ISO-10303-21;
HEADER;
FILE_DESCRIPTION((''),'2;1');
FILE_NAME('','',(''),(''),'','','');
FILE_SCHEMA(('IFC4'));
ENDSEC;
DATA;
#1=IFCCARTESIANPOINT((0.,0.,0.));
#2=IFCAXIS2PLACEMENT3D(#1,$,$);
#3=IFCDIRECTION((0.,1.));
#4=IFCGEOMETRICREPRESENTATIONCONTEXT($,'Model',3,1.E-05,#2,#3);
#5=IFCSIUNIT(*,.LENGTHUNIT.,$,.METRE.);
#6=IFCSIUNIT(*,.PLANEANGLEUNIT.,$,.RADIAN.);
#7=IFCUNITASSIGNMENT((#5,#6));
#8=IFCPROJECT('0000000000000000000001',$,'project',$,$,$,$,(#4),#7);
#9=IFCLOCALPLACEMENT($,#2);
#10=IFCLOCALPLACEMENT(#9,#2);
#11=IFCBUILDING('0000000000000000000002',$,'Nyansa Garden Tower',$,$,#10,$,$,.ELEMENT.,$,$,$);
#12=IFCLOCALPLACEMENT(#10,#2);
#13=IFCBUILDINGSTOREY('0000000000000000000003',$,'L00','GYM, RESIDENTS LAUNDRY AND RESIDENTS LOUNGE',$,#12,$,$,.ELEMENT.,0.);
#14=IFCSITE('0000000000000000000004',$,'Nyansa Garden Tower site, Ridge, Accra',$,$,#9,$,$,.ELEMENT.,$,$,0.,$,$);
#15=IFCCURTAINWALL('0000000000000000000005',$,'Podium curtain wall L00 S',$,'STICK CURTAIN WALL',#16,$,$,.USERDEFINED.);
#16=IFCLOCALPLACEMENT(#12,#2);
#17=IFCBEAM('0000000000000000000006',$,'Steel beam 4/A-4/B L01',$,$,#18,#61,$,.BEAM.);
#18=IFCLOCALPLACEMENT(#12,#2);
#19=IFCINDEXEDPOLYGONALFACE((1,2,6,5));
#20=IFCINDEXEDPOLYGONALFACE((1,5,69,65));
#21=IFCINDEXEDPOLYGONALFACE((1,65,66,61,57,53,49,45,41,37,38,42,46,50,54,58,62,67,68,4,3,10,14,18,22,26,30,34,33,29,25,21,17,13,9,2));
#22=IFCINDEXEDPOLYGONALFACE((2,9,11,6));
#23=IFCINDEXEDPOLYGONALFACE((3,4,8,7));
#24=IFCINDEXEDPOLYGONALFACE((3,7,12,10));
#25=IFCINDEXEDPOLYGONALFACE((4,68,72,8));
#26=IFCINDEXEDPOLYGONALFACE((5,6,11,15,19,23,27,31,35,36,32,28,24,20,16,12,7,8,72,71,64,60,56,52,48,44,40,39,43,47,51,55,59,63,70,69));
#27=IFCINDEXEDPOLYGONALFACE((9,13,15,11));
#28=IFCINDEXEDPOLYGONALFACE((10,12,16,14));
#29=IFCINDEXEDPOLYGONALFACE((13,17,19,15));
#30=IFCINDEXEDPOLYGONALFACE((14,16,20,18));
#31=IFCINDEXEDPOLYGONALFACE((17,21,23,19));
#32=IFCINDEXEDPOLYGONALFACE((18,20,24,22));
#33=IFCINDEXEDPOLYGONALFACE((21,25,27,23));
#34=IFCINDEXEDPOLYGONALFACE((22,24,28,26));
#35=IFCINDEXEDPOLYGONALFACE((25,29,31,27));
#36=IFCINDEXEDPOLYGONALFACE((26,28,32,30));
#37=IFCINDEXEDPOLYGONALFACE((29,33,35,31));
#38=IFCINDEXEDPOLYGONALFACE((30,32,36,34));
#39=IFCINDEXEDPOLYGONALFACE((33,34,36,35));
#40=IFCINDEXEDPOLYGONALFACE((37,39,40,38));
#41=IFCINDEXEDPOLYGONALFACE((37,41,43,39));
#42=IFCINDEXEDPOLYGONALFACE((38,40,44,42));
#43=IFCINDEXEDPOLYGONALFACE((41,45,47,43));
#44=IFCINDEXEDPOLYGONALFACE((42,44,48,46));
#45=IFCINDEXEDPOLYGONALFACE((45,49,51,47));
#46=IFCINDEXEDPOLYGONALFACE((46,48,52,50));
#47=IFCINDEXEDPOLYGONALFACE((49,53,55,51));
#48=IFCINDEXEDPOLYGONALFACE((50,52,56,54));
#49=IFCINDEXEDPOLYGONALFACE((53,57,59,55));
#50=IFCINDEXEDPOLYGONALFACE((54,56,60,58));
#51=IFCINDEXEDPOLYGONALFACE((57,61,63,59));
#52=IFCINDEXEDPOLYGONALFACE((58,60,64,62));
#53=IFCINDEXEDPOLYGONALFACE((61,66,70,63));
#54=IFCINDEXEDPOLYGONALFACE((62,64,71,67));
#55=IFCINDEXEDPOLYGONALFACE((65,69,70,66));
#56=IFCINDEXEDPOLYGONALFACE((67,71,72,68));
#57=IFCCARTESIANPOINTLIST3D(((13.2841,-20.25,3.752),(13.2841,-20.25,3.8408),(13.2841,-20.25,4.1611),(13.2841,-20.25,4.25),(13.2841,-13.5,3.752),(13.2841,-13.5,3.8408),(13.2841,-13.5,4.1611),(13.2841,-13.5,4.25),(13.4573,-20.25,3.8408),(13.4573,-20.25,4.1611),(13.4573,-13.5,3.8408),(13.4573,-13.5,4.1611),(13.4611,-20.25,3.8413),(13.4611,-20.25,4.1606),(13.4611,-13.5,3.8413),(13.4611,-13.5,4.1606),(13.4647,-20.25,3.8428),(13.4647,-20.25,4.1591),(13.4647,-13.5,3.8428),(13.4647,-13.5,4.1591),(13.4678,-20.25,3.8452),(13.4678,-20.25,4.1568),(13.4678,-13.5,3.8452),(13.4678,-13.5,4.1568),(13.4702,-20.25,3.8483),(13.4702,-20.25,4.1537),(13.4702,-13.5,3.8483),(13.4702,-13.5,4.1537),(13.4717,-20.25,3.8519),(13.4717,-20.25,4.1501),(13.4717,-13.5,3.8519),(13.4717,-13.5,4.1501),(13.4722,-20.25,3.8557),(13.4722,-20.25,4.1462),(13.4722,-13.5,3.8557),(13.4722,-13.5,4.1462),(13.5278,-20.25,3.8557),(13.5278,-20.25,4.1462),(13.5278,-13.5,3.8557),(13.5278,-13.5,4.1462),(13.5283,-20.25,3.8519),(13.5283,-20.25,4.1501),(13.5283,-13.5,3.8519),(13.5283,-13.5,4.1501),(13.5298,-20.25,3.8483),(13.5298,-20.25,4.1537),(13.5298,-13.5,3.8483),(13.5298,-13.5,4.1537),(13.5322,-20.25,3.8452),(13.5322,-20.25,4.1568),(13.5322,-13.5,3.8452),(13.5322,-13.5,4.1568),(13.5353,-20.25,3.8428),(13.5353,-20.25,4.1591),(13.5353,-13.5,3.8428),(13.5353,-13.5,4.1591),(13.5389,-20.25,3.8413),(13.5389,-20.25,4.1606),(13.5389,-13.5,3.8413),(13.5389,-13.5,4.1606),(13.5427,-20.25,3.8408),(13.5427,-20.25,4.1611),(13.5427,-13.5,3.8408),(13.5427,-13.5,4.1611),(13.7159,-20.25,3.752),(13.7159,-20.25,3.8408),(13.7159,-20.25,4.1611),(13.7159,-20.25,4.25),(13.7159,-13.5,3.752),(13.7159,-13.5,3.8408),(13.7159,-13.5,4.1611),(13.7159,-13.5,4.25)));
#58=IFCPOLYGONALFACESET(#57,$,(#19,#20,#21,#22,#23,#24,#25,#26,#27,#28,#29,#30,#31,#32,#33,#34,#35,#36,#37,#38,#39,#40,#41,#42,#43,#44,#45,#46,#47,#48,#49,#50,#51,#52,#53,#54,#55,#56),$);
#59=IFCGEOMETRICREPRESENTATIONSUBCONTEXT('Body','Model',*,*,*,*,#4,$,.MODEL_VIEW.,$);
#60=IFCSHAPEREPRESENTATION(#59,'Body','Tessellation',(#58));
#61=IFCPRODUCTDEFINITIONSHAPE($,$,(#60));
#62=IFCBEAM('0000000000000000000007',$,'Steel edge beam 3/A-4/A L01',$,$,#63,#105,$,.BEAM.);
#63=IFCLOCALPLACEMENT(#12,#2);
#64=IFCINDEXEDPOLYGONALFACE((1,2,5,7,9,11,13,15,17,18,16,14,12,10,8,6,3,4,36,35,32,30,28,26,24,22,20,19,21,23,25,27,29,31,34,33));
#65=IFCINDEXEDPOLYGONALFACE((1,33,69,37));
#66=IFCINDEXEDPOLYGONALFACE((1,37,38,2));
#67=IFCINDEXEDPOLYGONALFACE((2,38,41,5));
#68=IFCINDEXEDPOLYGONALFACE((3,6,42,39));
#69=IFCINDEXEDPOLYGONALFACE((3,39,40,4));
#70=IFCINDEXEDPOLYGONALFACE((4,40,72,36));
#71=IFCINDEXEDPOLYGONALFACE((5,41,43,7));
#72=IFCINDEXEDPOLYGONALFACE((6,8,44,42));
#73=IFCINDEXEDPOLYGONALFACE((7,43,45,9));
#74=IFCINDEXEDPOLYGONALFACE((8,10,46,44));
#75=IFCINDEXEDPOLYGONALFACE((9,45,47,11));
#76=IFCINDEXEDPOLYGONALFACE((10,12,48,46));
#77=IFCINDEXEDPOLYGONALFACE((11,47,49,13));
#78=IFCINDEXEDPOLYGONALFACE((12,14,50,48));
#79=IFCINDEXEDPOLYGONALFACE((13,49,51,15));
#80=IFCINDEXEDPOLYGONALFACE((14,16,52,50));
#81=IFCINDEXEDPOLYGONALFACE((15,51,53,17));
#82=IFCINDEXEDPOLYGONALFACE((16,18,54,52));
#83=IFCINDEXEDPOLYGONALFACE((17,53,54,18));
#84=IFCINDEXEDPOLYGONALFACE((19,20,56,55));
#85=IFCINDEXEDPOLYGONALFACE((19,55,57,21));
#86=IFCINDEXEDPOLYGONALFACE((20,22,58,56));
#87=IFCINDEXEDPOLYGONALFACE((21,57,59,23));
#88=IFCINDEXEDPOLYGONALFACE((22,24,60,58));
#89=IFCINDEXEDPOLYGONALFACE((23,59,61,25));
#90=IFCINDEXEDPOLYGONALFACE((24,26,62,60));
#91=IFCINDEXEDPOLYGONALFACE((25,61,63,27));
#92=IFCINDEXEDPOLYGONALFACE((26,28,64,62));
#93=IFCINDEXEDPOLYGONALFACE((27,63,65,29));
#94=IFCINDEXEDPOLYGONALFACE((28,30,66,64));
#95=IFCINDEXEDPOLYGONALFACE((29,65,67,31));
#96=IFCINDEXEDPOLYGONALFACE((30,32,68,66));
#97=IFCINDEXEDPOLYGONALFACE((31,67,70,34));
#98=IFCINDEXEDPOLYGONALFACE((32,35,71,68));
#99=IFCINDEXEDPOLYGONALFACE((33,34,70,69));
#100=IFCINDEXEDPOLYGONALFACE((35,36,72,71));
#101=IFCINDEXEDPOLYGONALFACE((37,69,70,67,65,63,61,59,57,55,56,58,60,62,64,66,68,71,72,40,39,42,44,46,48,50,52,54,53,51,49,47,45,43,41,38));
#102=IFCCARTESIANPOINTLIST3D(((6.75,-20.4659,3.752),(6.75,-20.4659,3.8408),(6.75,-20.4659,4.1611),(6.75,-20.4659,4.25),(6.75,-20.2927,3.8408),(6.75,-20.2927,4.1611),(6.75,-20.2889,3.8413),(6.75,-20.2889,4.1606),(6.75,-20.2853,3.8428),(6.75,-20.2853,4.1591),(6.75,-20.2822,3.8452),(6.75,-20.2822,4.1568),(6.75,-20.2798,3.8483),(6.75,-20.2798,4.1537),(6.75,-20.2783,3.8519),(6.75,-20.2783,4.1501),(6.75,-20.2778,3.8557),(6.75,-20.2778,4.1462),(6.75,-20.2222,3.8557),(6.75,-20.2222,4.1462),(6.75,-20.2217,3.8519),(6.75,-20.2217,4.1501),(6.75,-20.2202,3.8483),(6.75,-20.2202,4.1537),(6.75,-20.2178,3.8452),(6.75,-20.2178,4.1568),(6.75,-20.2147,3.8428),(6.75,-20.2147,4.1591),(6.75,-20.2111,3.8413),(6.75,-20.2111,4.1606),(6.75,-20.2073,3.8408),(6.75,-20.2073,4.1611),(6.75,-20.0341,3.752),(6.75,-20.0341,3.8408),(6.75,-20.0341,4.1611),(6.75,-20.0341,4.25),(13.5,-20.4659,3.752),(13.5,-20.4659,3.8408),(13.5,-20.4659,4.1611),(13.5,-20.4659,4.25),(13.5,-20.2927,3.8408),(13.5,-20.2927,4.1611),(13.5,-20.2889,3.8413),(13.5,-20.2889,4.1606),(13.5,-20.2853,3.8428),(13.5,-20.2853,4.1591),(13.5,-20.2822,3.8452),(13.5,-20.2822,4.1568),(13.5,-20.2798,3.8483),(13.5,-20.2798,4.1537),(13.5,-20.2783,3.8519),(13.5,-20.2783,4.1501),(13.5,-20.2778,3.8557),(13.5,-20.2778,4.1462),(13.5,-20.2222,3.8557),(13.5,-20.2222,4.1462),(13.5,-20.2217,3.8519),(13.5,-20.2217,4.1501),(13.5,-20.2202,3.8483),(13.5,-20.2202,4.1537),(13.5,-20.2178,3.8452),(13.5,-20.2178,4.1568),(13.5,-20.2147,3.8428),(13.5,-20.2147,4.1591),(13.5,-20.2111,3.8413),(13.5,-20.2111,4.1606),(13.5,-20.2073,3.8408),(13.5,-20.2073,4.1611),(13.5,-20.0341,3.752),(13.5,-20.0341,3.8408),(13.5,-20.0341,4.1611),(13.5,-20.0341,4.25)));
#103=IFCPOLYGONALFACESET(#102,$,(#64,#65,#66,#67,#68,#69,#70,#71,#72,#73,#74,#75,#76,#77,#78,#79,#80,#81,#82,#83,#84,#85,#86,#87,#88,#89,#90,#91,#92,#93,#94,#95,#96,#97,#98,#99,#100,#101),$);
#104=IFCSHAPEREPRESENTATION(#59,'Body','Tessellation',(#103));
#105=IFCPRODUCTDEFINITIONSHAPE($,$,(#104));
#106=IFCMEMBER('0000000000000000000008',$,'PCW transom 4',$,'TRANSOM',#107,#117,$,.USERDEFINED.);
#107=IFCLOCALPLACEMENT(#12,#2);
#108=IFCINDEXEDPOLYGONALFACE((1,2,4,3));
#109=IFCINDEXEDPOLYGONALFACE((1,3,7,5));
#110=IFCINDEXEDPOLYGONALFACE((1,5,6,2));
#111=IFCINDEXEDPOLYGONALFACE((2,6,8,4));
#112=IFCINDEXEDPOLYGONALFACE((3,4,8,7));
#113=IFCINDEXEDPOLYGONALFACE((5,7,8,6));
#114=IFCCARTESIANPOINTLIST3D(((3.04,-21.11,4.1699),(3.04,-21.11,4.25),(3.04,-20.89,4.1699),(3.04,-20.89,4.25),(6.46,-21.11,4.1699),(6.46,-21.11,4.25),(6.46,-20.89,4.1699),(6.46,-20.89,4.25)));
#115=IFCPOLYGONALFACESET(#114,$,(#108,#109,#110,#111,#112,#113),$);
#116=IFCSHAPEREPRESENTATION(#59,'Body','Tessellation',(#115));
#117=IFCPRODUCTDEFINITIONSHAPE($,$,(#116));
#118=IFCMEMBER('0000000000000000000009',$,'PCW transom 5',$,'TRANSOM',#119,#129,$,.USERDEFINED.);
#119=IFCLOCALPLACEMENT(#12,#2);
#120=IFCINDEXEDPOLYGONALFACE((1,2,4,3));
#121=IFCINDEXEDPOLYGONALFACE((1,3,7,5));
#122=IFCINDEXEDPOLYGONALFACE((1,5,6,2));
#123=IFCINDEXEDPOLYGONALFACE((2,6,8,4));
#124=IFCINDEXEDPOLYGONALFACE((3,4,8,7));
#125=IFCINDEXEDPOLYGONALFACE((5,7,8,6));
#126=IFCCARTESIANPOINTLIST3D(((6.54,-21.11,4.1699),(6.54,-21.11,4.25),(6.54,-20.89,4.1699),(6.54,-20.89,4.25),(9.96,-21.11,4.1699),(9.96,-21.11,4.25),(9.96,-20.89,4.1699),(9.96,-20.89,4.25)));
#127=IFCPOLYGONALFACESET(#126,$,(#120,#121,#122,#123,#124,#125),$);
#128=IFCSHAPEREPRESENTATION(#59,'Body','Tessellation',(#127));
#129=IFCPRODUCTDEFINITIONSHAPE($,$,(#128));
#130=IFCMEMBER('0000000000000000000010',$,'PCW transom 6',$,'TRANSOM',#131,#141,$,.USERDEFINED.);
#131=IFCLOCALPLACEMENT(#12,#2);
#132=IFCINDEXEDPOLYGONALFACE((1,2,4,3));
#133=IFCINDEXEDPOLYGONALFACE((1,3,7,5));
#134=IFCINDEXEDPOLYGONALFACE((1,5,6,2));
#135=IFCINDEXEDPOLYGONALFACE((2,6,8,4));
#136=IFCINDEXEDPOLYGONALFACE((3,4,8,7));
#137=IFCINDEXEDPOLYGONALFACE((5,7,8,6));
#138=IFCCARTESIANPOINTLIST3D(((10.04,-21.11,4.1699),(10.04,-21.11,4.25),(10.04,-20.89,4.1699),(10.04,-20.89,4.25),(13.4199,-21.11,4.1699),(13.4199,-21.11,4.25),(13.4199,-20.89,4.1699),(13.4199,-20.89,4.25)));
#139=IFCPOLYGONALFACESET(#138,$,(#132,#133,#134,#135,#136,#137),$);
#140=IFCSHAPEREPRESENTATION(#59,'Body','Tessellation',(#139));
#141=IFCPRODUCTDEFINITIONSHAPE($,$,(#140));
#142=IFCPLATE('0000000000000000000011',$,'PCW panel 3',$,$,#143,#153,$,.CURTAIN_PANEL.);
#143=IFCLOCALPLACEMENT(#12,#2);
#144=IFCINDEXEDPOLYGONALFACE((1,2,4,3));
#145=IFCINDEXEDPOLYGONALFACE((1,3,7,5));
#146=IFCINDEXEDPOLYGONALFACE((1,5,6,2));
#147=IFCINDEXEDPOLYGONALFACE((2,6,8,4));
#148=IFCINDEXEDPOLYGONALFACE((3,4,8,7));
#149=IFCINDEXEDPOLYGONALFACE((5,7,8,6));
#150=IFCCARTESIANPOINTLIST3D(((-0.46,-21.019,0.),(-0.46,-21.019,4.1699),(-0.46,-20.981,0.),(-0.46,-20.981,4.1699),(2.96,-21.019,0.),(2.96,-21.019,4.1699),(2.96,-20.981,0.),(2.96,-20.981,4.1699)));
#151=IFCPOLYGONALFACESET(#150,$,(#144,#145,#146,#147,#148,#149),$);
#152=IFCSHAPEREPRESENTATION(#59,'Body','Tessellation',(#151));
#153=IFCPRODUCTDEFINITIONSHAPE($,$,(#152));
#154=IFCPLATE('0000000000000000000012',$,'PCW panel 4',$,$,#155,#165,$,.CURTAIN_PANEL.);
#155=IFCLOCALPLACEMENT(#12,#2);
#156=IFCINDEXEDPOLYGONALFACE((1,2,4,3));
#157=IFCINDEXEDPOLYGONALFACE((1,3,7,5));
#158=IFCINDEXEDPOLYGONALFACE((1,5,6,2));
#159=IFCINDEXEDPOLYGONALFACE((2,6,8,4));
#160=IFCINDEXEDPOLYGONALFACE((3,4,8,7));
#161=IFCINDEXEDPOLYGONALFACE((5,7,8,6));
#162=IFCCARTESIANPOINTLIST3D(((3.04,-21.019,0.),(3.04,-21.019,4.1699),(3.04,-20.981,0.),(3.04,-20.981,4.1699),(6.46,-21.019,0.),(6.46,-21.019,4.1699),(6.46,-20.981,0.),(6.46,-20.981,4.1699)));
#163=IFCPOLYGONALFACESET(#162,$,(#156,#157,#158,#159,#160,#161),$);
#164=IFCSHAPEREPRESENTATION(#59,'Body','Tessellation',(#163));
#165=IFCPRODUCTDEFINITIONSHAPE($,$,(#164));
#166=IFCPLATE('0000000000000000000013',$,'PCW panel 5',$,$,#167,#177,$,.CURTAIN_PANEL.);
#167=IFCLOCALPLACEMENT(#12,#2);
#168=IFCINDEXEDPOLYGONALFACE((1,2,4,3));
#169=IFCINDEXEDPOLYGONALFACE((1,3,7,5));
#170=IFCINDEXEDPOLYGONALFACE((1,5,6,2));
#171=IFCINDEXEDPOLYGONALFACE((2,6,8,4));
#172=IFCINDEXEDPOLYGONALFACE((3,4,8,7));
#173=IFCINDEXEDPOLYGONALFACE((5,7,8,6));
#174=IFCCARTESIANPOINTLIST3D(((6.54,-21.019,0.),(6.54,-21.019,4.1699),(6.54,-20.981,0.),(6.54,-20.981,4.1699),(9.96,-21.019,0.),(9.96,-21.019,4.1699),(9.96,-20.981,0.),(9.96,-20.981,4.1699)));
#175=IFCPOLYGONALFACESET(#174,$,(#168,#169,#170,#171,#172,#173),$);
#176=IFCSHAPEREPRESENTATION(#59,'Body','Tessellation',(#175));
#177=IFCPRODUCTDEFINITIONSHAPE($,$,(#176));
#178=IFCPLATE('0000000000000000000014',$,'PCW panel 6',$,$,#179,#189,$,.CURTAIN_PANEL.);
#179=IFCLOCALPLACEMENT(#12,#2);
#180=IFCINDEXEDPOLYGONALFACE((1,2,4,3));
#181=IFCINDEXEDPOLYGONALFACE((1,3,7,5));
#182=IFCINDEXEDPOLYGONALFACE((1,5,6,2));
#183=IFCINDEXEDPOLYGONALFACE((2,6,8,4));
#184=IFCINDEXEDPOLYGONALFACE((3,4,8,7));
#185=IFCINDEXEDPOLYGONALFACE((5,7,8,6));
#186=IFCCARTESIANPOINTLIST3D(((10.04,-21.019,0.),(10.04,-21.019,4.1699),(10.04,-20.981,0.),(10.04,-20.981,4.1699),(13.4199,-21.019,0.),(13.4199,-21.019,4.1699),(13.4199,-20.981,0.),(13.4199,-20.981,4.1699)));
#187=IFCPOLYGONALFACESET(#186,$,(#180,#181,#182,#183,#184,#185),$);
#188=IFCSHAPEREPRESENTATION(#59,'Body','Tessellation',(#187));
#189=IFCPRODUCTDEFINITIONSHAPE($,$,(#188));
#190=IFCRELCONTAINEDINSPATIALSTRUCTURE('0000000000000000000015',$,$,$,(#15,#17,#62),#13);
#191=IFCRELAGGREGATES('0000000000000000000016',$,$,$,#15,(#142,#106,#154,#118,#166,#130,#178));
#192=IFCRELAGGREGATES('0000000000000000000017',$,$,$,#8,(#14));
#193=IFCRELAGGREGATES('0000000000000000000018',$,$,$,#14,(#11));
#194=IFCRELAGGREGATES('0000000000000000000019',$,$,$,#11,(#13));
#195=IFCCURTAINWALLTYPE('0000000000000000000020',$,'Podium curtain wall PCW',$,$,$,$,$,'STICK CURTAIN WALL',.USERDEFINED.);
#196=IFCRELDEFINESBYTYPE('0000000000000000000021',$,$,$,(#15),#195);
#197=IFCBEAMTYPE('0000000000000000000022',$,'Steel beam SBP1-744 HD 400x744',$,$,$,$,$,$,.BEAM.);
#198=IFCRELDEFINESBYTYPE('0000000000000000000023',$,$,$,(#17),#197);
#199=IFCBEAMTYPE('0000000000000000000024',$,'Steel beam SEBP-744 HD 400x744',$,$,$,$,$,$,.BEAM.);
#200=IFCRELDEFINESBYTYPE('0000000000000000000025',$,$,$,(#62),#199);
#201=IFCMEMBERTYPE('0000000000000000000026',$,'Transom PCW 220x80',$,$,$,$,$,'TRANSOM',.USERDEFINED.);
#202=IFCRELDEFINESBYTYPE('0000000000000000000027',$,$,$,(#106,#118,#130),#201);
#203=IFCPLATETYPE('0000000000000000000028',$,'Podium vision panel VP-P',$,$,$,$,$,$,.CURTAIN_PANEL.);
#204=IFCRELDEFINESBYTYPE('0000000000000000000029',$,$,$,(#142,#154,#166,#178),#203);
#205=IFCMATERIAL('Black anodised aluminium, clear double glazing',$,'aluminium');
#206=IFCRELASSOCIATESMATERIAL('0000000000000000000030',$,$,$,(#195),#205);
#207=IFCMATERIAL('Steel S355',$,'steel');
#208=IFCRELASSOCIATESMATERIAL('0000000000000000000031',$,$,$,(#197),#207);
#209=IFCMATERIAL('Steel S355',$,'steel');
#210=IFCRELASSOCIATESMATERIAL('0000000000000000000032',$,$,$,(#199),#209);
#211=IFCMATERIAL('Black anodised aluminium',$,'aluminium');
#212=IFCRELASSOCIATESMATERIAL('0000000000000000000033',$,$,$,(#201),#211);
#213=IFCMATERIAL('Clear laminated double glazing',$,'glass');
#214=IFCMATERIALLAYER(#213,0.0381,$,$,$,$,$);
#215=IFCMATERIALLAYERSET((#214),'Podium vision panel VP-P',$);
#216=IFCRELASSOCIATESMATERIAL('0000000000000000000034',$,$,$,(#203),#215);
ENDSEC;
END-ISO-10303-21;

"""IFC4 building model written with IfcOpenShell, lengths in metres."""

from ifc_helpers import new_model, si_unit, direction, frame, origin, origin_2d, place, context, subcontext, project, spatial, rectangle, i_section, extrude, material, layer, layer_set, material_profile, profile_set, type_object, element, aggregate, save


model = new_model("IFC4")

# Units and contexts
model_context = context("Model", 3, precision=1e-05, world=origin(), true_north=direction((0.0, 1.0)))
body_context = subcontext(model_context, "Body", "Model", "MODEL_VIEW")
ifc_project = project(units=[si_unit("LENGTHUNIT", "METRE"), si_unit("PLANEANGLEUNIT", "RADIAN")], contexts=[model_context])

# Site, building, storey
site_placement = place(None, origin())
site = spatial("IfcSite", under=ifc_project, at=site_placement, Name="Nyansa Garden Tower site, Ridge, Accra", CompositionType="ELEMENT", RefElevation=0.0)
building_placement = place(site_placement, origin())
building = spatial("IfcBuilding", under=site, at=building_placement, Name="Nyansa Garden Tower", CompositionType="ELEMENT")
storey_placement = place(building_placement, origin())
storey = spatial("IfcBuildingStorey", under=building, at=storey_placement, Name="L00", Description="GYM, RESIDENTS LAUNDRY AND RESIDENTS LOUNGE", CompositionType="ELEMENT", Elevation=0.0)

# Curtain wall
ifc_material_1 = material(Name="Black anodised aluminium, clear double glazing", Category="aluminium")
curtain_wall_type = type_object("IfcCurtainWallType", Name="Podium curtain wall PCW", ElementType="STICK CURTAIN WALL", PredefinedType="USERDEFINED", material=ifc_material_1)
curtain_wall_placement = place(storey_placement, origin())
curtain_wall = element("IfcCurtainWall", 1, at=curtain_wall_placement, inside=storey, type_object=curtain_wall_type, Name="Podium curtain wall L00 S", ObjectType="STICK CURTAIN WALL", PredefinedType="USERDEFINED")

# Beams
ifc_material_2 = material(Name="Steel S355", Category="steel")
ifc_material_profile_1 = material_profile(ifc_material_2, i_section(OverallWidth=0.4319, OverallDepth=0.498, WebThickness=0.0557, FlangeThickness=0.0889, FilletRadius=0.0149, at=origin_2d()), Name="HD 400x744")
ifc_profile_set_1 = profile_set([ifc_material_profile_1], Name="Steel S355")
beam_type_1 = type_object("IfcBeamType", Name="Steel beam SBP1-744 HD 400x744", PredefinedType="BEAM", material=ifc_profile_set_1)
for number, where, z_axis, x_axis, name in (
    (2, (13.5, -20.25, 4.001), (0.0, 1.0, 0.0), (-1.0, 0.0, 0.0), "Steel beam 4/A-4/B L01"),
):
    element("IfcBeam", number, at=place(storey_placement, frame(where, z_axis=z_axis, x_axis=x_axis)), inside=storey, type_object=beam_type_1, Name=name, PredefinedType="BEAM", context=body_context, shape_type="SweptSolid", body=[
        extrude(i_section(OverallWidth=0.4319, OverallDepth=0.498, WebThickness=0.0557, FlangeThickness=0.0889, FilletRadius=0.0149, at=origin_2d()), origin(), (0.0, 0.0, 1.0), 6.75),
    ])
ifc_material_3 = material(Name="Steel S355", Category="steel")
ifc_material_profile_2 = material_profile(ifc_material_3, i_section(OverallWidth=0.4319, OverallDepth=0.498, WebThickness=0.0557, FlangeThickness=0.0889, FilletRadius=0.0149, at=origin_2d()), Name="HD 400x744")
ifc_profile_set_2 = profile_set([ifc_material_profile_2], Name="Steel S355")
beam_type_2 = type_object("IfcBeamType", Name="Steel beam SEBP-744 HD 400x744", PredefinedType="BEAM", material=ifc_profile_set_2)
beam_placement = place(storey_placement, frame((6.75, -20.25, 4.001), z_axis=(1.0, 0.0, 0.0), x_axis=(0.0, 1.0, 0.0)))
element("IfcBeam", 3, at=beam_placement, inside=storey, type_object=beam_type_2, Name="Steel edge beam 3/A-4/A L01", PredefinedType="BEAM", context=body_context, shape_type="SweptSolid", body=[
    extrude(i_section(OverallWidth=0.4319, OverallDepth=0.498, WebThickness=0.0557, FlangeThickness=0.0889, FilletRadius=0.0149, at=origin_2d()), origin(), (0.0, 0.0, 1.0), 6.75),
])

# Members
ifc_material_4 = material(Name="Black anodised aluminium", Category="aluminium")
ifc_material_profile_3 = material_profile(ifc_material_4, rectangle(XDim=0.22, YDim=0.0801, at=origin_2d()), Name="Transom 220x80")
ifc_profile_set_3 = profile_set([ifc_material_profile_3], Name="Black anodised aluminium")
member_type_1 = type_object("IfcMemberType", Name="Transom PCW 220x80", ElementType="TRANSOM", PredefinedType="USERDEFINED", material=ifc_profile_set_3)
member_1_placement = place(storey_placement, frame((3.04, -21.0, 4.21), z_axis=(1.0, 0.0, 0.0), x_axis=(0.0, 1.0, 0.0)))
member_1 = element("IfcMember", 4, at=member_1_placement, type_object=member_type_1, Name="PCW transom 4", ObjectType="TRANSOM", PredefinedType="USERDEFINED", context=body_context, shape_type="SweptSolid", body=[
    extrude(rectangle(XDim=0.22, YDim=0.0801, at=origin_2d()), origin(), (0.0, 0.0, 1.0), 3.4199),
])
member_2_placement = place(storey_placement, frame((6.54, -21.0, 4.21), z_axis=(1.0, 0.0, 0.0), x_axis=(0.0, 1.0, 0.0)))
member_2 = element("IfcMember", 5, at=member_2_placement, type_object=member_type_1, Name="PCW transom 5", ObjectType="TRANSOM", PredefinedType="USERDEFINED", context=body_context, shape_type="SweptSolid", body=[
    extrude(rectangle(XDim=0.22, YDim=0.0801, at=origin_2d()), origin(), (0.0, 0.0, 1.0), 3.4199),
])
member_3_placement = place(storey_placement, frame((10.04, -21.0, 4.21), z_axis=(1.0, 0.0, 0.0), x_axis=(0.0, 1.0, 0.0)))
member_3 = element("IfcMember", 6, at=member_3_placement, type_object=member_type_1, Name="PCW transom 6", ObjectType="TRANSOM", PredefinedType="USERDEFINED", context=body_context, shape_type="SweptSolid", body=[
    extrude(rectangle(XDim=0.22, YDim=0.0801, at=origin_2d()), origin(), (0.0, 0.0, 1.0), 3.3799),
])

# Plates
ifc_material_5 = material(Name="Clear laminated double glazing", Category="glass")
ifc_layer_1 = layer(ifc_material_5, 0.0381)
ifc_layer_set_1 = layer_set([ifc_layer_1], Name="Podium vision panel VP-P")
plate_type = type_object("IfcPlateType", Name="Podium vision panel VP-P", PredefinedType="CURTAIN_PANEL", material=ifc_layer_set_1)
plate_1_placement = place(storey_placement, frame((1.25, -21.0, 0.0), z_axis=(0.0, 0.0, 1.0), x_axis=(1.0, 0.0, 0.0)))
plate_1 = element("IfcPlate", 7, at=plate_1_placement, type_object=plate_type, Name="PCW panel 3", PredefinedType="CURTAIN_PANEL", context=body_context, shape_type="SweptSolid", body=[
    extrude(rectangle(XDim=3.4199, YDim=0.0381, at=origin_2d()), origin(), (0.0, 0.0, 1.0), 4.1699),
])
plate_2_placement = place(storey_placement, frame((4.75, -21.0, 0.0), z_axis=(0.0, 0.0, 1.0), x_axis=(1.0, 0.0, 0.0)))
plate_2 = element("IfcPlate", 8, at=plate_2_placement, type_object=plate_type, Name="PCW panel 4", PredefinedType="CURTAIN_PANEL", context=body_context, shape_type="SweptSolid", body=[
    extrude(rectangle(XDim=3.4199, YDim=0.0381, at=origin_2d()), origin(), (0.0, 0.0, 1.0), 4.1699),
])
plate_3_placement = place(storey_placement, frame((8.25, -21.0, 0.0), z_axis=(0.0, 0.0, 1.0), x_axis=(1.0, 0.0, 0.0)))
plate_3 = element("IfcPlate", 9, at=plate_3_placement, type_object=plate_type, Name="PCW panel 5", PredefinedType="CURTAIN_PANEL", context=body_context, shape_type="SweptSolid", body=[
    extrude(rectangle(XDim=3.4199, YDim=0.0381, at=origin_2d()), origin(), (0.0, 0.0, 1.0), 4.1699),
])
plate_4_placement = place(storey_placement, frame((11.73, -21.0, 0.0), z_axis=(0.0, 0.0, 1.0), x_axis=(1.0, 0.0, 0.0)))
plate_4 = element("IfcPlate", 10, at=plate_4_placement, type_object=plate_type, Name="PCW panel 6", PredefinedType="CURTAIN_PANEL", context=body_context, shape_type="SweptSolid", body=[
    extrude(rectangle(XDim=3.3799, YDim=0.0381, at=origin_2d()), origin(), (0.0, 0.0, 1.0), 4.1699),
])
aggregate(curtain_wall, [plate_1, member_1, plate_2, member_2, plate_3, member_3, plate_4])

save(model, "model.ifc")
